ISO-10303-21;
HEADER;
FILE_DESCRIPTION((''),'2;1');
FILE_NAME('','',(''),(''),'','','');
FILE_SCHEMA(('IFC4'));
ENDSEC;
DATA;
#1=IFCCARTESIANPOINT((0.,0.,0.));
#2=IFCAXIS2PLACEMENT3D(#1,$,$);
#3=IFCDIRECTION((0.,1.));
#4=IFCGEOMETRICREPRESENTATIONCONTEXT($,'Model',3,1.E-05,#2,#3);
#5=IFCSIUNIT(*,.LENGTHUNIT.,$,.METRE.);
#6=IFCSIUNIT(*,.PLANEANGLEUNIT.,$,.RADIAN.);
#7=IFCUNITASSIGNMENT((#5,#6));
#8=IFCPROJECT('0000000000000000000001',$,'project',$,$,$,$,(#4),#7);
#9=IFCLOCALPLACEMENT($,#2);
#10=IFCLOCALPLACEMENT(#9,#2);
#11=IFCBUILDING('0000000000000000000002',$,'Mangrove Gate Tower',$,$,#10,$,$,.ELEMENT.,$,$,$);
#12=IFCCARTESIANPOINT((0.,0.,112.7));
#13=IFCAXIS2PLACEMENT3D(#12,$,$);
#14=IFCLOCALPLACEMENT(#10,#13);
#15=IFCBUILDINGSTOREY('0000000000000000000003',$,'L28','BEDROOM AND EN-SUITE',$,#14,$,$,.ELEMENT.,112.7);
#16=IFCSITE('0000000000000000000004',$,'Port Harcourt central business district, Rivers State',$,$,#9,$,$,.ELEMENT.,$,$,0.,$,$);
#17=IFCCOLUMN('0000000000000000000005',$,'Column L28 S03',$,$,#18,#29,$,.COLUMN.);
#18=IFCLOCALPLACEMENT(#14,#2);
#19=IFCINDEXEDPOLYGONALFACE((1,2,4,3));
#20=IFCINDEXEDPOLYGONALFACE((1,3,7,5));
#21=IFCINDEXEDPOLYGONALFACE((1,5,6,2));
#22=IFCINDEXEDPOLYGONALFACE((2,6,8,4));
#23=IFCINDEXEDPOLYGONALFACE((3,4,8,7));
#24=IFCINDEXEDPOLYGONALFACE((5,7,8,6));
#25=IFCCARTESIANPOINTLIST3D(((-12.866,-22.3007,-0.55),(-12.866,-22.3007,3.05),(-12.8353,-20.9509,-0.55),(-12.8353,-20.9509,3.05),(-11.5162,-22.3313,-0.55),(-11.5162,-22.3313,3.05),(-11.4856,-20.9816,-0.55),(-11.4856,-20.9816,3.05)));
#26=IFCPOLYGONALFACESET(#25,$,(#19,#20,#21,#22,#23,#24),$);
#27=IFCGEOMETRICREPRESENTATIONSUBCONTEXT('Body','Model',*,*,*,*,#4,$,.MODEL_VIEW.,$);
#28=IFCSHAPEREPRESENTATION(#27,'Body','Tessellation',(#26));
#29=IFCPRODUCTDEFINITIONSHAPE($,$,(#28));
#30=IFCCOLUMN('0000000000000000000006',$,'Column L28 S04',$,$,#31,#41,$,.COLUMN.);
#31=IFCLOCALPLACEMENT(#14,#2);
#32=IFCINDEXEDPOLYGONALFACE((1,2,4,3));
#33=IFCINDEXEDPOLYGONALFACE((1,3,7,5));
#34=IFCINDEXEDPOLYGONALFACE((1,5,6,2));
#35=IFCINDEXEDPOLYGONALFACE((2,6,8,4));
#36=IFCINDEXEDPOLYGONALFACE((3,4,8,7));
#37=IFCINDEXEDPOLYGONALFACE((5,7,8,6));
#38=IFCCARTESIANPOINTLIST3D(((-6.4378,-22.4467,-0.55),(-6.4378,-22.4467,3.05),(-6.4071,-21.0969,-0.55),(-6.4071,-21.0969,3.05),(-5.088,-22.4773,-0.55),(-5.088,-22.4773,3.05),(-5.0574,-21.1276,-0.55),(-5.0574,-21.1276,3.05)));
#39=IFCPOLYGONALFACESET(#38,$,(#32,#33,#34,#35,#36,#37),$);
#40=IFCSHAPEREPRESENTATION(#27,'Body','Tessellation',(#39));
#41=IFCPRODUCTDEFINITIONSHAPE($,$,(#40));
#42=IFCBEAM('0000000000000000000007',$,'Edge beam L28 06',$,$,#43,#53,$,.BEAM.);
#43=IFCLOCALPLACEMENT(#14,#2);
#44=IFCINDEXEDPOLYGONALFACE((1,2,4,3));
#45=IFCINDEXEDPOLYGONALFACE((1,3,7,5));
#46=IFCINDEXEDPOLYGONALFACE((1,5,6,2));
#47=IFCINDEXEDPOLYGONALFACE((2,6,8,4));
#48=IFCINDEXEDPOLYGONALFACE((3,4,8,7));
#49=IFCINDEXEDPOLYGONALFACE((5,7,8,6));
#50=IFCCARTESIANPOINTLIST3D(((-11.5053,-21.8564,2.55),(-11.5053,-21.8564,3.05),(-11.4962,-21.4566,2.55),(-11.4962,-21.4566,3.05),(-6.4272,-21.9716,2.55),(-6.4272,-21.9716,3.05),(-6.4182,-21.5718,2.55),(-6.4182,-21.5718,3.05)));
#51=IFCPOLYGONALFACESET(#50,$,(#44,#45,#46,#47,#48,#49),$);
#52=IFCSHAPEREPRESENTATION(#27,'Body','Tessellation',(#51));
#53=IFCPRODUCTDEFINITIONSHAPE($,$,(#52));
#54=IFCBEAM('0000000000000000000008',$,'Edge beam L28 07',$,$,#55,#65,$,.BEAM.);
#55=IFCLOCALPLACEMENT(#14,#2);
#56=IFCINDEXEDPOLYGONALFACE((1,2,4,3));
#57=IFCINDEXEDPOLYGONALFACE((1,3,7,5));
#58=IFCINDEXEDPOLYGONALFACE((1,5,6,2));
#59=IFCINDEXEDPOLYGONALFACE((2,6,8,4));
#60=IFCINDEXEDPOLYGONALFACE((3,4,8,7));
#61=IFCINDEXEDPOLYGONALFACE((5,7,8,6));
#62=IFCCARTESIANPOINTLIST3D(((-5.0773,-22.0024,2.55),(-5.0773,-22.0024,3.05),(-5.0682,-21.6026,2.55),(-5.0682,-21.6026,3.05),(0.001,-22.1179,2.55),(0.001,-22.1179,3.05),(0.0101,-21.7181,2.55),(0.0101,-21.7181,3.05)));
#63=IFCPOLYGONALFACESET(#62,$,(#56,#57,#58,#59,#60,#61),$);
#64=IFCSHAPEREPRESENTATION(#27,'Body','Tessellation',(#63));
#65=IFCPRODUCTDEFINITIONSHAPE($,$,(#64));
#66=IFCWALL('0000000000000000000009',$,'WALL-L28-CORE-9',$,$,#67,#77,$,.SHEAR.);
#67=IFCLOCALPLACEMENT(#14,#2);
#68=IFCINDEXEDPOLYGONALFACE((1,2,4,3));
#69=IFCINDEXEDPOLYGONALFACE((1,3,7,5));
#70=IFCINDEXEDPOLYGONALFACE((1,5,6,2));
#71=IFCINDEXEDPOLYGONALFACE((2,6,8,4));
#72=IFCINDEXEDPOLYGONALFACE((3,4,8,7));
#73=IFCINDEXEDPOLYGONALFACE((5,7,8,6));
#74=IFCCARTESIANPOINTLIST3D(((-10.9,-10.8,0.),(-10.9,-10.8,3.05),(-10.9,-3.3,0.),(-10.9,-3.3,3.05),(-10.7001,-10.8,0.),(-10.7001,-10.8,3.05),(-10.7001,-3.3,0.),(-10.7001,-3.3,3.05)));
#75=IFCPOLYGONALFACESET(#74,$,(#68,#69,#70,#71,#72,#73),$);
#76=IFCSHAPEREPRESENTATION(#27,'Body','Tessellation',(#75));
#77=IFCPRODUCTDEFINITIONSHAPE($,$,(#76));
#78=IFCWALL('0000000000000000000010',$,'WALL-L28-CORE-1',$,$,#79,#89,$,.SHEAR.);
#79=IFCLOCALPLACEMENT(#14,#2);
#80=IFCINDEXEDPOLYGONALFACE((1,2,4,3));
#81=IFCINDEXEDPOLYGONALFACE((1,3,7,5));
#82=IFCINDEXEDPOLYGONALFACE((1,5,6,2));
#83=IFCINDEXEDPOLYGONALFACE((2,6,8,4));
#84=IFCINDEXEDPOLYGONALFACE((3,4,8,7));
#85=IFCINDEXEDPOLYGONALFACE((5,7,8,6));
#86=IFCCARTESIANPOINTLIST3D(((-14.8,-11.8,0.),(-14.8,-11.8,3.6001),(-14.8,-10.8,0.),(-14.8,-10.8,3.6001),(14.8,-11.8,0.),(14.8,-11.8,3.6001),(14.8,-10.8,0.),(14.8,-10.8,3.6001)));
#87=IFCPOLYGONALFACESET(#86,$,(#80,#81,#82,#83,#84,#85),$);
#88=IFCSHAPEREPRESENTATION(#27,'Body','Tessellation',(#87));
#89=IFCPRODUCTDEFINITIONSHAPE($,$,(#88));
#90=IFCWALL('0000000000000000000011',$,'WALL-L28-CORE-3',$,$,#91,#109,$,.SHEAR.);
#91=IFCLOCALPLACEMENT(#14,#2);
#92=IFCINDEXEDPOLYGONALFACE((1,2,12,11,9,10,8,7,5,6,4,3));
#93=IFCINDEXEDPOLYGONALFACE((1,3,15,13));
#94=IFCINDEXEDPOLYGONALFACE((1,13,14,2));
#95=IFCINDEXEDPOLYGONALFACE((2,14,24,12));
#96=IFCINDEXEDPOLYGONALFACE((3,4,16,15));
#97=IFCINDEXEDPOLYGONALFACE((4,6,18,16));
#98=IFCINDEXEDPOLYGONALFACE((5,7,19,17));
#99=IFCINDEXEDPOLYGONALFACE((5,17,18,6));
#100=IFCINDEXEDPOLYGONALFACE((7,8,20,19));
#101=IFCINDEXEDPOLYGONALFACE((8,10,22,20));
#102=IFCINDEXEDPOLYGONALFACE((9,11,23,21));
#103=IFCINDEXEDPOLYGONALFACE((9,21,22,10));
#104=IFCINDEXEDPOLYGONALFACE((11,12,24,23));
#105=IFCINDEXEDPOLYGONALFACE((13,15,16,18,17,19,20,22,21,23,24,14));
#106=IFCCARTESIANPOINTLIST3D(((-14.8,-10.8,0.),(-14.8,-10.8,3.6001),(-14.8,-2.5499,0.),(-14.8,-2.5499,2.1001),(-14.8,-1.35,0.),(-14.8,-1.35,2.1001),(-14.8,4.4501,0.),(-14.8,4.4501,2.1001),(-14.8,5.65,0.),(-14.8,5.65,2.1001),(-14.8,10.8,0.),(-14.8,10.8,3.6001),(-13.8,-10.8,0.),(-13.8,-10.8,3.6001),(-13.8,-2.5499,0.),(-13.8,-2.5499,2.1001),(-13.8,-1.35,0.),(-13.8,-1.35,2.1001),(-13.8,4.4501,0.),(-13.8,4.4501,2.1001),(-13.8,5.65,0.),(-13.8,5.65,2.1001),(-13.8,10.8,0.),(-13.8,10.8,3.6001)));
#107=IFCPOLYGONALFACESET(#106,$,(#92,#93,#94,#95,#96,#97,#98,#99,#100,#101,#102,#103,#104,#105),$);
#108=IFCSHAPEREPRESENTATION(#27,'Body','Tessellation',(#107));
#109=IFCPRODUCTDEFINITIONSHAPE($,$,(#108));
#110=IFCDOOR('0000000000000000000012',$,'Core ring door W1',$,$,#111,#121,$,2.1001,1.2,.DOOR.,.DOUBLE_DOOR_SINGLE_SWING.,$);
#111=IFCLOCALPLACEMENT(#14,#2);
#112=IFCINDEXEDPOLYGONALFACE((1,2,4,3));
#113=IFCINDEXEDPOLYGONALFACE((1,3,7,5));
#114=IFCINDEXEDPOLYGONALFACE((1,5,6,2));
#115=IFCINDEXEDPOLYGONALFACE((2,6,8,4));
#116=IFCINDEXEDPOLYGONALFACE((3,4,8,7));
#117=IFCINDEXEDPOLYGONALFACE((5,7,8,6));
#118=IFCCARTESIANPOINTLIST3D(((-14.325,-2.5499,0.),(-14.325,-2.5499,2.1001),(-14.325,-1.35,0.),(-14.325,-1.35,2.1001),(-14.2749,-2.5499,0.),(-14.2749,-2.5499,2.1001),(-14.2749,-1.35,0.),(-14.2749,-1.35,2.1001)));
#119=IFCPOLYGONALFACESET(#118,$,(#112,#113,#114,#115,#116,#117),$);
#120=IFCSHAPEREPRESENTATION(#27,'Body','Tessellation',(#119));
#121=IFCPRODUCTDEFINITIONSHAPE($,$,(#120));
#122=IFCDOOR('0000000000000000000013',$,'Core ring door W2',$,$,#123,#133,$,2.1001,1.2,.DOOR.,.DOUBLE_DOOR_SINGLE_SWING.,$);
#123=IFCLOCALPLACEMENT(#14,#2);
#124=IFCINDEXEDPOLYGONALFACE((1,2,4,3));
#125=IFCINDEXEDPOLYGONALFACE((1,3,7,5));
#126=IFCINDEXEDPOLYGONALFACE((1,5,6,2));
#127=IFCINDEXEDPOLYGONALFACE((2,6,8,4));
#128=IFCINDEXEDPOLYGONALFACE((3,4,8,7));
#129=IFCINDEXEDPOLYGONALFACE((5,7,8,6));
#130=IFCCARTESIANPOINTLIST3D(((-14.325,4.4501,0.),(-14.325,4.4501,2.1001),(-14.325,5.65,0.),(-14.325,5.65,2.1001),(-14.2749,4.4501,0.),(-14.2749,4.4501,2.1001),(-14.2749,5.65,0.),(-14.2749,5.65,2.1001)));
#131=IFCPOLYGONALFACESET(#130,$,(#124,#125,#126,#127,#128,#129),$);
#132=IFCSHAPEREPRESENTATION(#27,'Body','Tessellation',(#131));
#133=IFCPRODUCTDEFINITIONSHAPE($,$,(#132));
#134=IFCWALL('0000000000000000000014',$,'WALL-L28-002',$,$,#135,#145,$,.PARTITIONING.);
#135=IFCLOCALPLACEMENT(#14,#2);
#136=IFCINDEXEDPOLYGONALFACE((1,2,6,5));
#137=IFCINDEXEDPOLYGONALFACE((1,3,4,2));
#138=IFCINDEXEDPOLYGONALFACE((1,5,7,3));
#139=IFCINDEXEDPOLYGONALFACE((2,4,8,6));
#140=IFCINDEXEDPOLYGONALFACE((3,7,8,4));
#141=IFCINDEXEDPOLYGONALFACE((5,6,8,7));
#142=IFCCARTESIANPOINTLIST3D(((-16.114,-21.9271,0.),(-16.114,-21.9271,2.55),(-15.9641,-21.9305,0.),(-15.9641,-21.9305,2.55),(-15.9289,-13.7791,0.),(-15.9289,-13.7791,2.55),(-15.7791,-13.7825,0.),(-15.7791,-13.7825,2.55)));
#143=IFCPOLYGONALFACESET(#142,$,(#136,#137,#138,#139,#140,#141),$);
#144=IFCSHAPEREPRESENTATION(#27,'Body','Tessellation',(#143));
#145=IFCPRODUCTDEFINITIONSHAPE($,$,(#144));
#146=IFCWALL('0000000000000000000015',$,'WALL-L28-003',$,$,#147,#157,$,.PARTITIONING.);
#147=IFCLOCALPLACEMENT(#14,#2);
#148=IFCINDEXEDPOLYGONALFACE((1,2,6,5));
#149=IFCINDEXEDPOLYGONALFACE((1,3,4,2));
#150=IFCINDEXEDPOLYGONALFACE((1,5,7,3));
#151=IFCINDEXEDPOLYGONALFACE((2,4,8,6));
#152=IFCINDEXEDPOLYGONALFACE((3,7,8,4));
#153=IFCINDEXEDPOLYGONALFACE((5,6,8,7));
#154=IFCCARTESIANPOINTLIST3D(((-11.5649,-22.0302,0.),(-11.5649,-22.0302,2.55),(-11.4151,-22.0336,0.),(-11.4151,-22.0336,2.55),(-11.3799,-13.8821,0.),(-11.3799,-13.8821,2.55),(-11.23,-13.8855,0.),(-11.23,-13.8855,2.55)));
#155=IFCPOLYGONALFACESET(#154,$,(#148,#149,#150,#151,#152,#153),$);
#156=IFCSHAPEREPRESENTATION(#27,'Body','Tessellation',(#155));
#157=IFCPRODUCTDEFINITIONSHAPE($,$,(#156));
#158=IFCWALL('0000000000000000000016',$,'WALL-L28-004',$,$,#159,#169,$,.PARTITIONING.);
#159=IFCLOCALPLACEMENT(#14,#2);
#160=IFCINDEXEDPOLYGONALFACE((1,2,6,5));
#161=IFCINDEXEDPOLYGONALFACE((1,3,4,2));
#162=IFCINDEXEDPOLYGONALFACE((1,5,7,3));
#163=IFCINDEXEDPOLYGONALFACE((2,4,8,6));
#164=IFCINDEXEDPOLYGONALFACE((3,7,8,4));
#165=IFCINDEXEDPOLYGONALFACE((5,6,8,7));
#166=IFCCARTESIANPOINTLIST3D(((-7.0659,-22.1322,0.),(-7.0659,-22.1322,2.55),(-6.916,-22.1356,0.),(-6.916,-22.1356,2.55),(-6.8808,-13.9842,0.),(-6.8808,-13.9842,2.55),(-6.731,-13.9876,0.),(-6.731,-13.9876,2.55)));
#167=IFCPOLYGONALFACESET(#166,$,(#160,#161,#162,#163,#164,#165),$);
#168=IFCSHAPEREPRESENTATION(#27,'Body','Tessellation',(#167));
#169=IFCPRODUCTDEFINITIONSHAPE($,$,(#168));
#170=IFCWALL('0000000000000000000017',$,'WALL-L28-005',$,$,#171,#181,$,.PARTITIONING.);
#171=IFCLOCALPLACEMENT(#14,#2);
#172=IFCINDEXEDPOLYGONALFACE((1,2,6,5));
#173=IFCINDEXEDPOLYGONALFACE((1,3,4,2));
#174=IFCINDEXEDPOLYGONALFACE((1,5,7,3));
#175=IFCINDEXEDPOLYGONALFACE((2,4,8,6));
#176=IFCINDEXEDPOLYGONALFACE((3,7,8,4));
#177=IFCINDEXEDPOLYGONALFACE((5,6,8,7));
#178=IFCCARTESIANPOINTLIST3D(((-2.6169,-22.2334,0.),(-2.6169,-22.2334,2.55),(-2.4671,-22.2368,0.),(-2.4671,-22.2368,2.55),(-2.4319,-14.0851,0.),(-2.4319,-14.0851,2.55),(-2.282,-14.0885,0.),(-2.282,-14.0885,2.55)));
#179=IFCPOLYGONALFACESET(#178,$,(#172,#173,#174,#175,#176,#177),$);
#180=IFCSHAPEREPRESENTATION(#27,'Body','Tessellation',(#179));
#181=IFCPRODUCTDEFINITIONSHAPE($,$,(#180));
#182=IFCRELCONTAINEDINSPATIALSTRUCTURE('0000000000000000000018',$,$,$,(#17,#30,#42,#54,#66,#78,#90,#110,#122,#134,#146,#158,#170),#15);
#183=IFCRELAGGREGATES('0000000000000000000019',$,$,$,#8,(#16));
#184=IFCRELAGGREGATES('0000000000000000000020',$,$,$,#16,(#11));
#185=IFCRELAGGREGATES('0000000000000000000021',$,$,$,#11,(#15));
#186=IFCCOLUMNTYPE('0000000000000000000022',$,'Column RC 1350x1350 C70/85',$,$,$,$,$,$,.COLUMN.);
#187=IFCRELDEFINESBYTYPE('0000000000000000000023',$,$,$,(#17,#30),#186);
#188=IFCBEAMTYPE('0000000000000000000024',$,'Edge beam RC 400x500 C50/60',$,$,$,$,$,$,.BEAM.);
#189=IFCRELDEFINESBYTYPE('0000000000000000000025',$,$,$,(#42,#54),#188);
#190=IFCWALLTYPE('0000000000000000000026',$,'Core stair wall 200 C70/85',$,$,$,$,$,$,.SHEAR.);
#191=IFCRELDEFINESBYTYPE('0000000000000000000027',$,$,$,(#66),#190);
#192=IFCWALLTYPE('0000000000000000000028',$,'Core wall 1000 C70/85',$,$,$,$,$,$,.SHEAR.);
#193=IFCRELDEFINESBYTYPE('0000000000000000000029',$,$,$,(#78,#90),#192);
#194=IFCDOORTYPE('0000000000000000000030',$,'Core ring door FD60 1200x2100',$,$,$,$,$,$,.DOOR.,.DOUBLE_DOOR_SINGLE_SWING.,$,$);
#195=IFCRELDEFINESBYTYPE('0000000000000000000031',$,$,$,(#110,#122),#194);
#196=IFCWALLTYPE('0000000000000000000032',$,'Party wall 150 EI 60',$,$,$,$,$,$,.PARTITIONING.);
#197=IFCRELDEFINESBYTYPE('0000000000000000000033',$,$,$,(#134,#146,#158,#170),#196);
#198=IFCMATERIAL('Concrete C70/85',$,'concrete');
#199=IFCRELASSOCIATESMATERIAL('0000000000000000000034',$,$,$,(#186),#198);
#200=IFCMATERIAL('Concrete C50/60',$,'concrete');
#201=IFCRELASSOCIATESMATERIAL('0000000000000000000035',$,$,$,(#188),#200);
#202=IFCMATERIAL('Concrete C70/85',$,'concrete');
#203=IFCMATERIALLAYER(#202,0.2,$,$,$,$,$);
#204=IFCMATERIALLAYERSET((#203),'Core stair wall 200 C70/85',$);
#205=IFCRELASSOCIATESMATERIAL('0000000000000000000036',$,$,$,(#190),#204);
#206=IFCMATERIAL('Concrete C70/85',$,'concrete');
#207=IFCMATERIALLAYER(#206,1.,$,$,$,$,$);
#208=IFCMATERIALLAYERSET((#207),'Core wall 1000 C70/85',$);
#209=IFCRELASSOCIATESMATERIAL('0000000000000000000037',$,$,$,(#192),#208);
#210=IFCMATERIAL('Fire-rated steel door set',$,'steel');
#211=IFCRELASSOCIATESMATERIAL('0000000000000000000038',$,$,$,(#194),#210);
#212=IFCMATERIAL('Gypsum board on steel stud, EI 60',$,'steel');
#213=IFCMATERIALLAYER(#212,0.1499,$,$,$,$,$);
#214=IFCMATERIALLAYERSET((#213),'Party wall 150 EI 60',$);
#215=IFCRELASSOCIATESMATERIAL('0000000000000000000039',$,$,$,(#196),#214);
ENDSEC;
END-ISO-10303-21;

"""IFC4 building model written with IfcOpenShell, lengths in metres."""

from ifc_helpers import new_model, si_unit, direction, frame, frame_2d, origin, origin_2d, place, context, subcontext, project, spatial, rectangle, extrude, material, layer, layer_set, material_profile, profile_set, type_object, element, fill, save


model = new_model("IFC4")

# Units and contexts
model_context = context("Model", 3, precision=1e-05, world=origin(), true_north=direction((0.0, 1.0)))
body_context = subcontext(model_context, "Body", "Model", "MODEL_VIEW")
ifc_project = project(units=[si_unit("LENGTHUNIT", "METRE"), si_unit("PLANEANGLEUNIT", "RADIAN")], contexts=[model_context])

# Site, building, storey
site_placement = place(None, origin())
site = spatial("IfcSite", under=ifc_project, at=site_placement, Name="Port Harcourt central business district, Rivers State", CompositionType="ELEMENT", RefElevation=0.0)
building_placement = place(site_placement, origin())
building = spatial("IfcBuilding", under=site, at=building_placement, Name="Mangrove Gate Tower", CompositionType="ELEMENT")
storey_placement = place(building_placement, frame((0.0, 0.0, 112.7)))
storey = spatial("IfcBuildingStorey", under=building, at=storey_placement, Name="L28", Description="BEDROOM AND EN-SUITE", CompositionType="ELEMENT", Elevation=112.7)

# Columns
ifc_material_1 = material(Name="Concrete C70/85", Category="concrete")
ifc_material_profile_1 = material_profile(ifc_material_1, rectangle(XDim=1.3501, YDim=1.3501, at=origin_2d()))
ifc_profile_set_1 = profile_set([ifc_material_profile_1], Name="Concrete C70/85")
column_type = type_object("IfcColumnType", Name="Column RC 1350x1350 C70/85", PredefinedType="COLUMN", material=ifc_profile_set_1)
for number, where, z_axis, x_axis, name in (
    (1, (-12.1758, -21.6411, -0.55), (0.0, 0.0, 1.0), (0.999742, -0.022707, 0.0), "Column L28 S03"),
    (2, (-5.7476, -21.7871, -0.55), (0.0, 0.0, 1.0), (0.999742, -0.022707, 0.0), "Column L28 S04"),
):
    element("IfcColumn", number, at=place(storey_placement, frame(where, z_axis=z_axis, x_axis=x_axis)), inside=storey, type_object=column_type, Name=name, PredefinedType="COLUMN", context=body_context, shape_type="SweptSolid", body=[
        extrude(rectangle(XDim=1.3501, YDim=1.3501, at=origin_2d()), origin(), (0.0, 0.0, 1.0), 3.6001),
    ])

# Beams
ifc_material_2 = material(Name="Concrete C50/60", Category="concrete")
ifc_material_profile_2 = material_profile(ifc_material_2, rectangle(XDim=0.3999, YDim=0.5, at=origin_2d()))
ifc_profile_set_2 = profile_set([ifc_material_profile_2], Name="Concrete C50/60")
beam_type = type_object("IfcBeamType", Name="Edge beam RC 400x500 C50/60", PredefinedType="BEAM", material=ifc_profile_set_2)
beam_1_placement = place(storey_placement, frame((-11.5007, -21.6565, 2.8), z_axis=(0.999743, -0.022686, 0.0), x_axis=(0.022686, 0.999743, 0.0)))
element("IfcBeam", 3, at=beam_1_placement, inside=storey, type_object=beam_type, Name="Edge beam L28 06", PredefinedType="BEAM", context=body_context, shape_type="SweptSolid", body=[
    extrude(rectangle(XDim=0.3999, YDim=0.5, at=origin_2d()), origin(), (0.0, 0.0, 1.0), 5.0793),
])
beam_2_placement = place(storey_placement, frame((-5.0728, -21.8025, 2.8), z_axis=(0.999742, -0.022733, 0.0), x_axis=(0.022733, 0.999742, 0.0)))
element("IfcBeam", 4, at=beam_2_placement, inside=storey, type_object=beam_type, Name="Edge beam L28 07", PredefinedType="BEAM", context=body_context, shape_type="SweptSolid", body=[
    extrude(rectangle(XDim=0.3999, YDim=0.5, at=origin_2d()), origin(), (0.0, 0.0, 1.0), 5.0796),
])

# Walls
ifc_material_3 = material(Name="Concrete C70/85", Category="concrete")
ifc_layer_1 = layer(ifc_material_3, 0.2)
ifc_layer_set_1 = layer_set([ifc_layer_1], Name="Core stair wall 200 C70/85")
wall_type_1 = type_object("IfcWallType", Name="Core stair wall 200 C70/85", PredefinedType="SHEAR", material=ifc_layer_set_1)
wall_1_placement = place(storey_placement, frame((-10.8, -10.8, 0.0), z_axis=(0.0, 0.0, 1.0), x_axis=(0.0, 1.0, 0.0)))
element("IfcWall", 5, at=wall_1_placement, inside=storey, type_object=wall_type_1, Name="WALL-L28-CORE-9", PredefinedType="SHEAR", context=body_context, shape_type="SweptSolid", body=[
    extrude(rectangle(XDim=7.5, YDim=0.2, at=frame_2d((3.75, 0.0))), origin(), (0.0, 0.0, 1.0), 3.05),
])
ifc_material_4 = material(Name="Concrete C70/85", Category="concrete")
ifc_layer_2 = layer(ifc_material_4, 1.0)
ifc_layer_set_2 = layer_set([ifc_layer_2], Name="Core wall 1000 C70/85")
wall_type_2 = type_object("IfcWallType", Name="Core wall 1000 C70/85", PredefinedType="SHEAR", material=ifc_layer_set_2)
wall_2_placement = place(storey_placement, frame((-14.8, -11.3, 0.0), z_axis=(0.0, 0.0, 1.0), x_axis=(1.0, 0.0, 0.0)))
element("IfcWall", 6, at=wall_2_placement, inside=storey, type_object=wall_type_2, Name="WALL-L28-CORE-1", PredefinedType="SHEAR", context=body_context, shape_type="SweptSolid", body=[
    extrude(rectangle(XDim=29.6001, YDim=1.0, at=frame_2d((14.8, 0.0))), origin(), (0.0, 0.0, 1.0), 3.6001),
])

# Wall, openings, doors
wall_3_placement = place(storey_placement, frame((-14.3, -10.8, 0.0), z_axis=(0.0, 0.0, 1.0), x_axis=(0.0, 1.0, 0.0)))
wall_3 = element("IfcWall", 7, at=wall_3_placement, inside=storey, type_object=wall_type_2, Name="WALL-L28-CORE-3", PredefinedType="SHEAR", context=body_context, shape_type="SweptSolid", body=[
    extrude(rectangle(XDim=21.6001, YDim=1.0, at=frame_2d((10.8, 0.0))), origin(), (0.0, 0.0, 1.0), 3.6001),
])
opening_1_placement = place(wall_3_placement, frame((8.25, 0.0, 0.0)))
opening_1 = element("IfcOpeningElement", 8, at=opening_1_placement, cuts=wall_3, PredefinedType="OPENING", context=body_context, shape_type="SweptSolid", body=[
    extrude(rectangle(XDim=1.2, YDim=2.1001, at=frame_2d((0.6001, 1.05))), frame((0.0, 0.51, 0.0), z_axis=(0.0, -1.0, 0.0), x_axis=(1.0, 0.0, 0.0)), (0.0, 0.0, 1.0), 1.02),
])
opening_2_placement = place(wall_3_placement, frame((15.25, 0.0, 0.0)))
opening_2 = element("IfcOpeningElement", 9, at=opening_2_placement, cuts=wall_3, PredefinedType="OPENING", context=body_context, shape_type="SweptSolid", body=[
    extrude(rectangle(XDim=1.2, YDim=2.1001, at=frame_2d((0.6001, 1.05))), frame((0.0, 0.51, 0.0), z_axis=(0.0, -1.0, 0.0), x_axis=(1.0, 0.0, 0.0)), (0.0, 0.0, 1.0), 1.02),
])
ifc_material_5 = material(Name="Fire-rated steel door set", Category="steel")
door_type_1 = type_object("IfcDoorType", Name="Core ring door FD60 1200x2100", OperationType="DOUBLE_DOOR_SINGLE_SWING", PredefinedType="DOOR", material=ifc_material_5)
door_1_placement = place(opening_1_placement, origin())
door_1 = element("IfcDoor", 10, at=door_1_placement, inside=storey, type_object=door_type_1, Name="Core ring door W1", OperationType="DOUBLE_DOOR_SINGLE_SWING", OverallHeight=2.1001, OverallWidth=1.2, PredefinedType="DOOR", context=body_context, shape_type="SweptSolid", body=[
    extrude(rectangle(XDim=1.2, YDim=2.1001, at=frame_2d((0.6001, 1.05))), frame((0.0, 0.0249, 0.0), z_axis=(0.0, -1.0, 0.0), x_axis=(1.0, 0.0, 0.0)), (0.0, 0.0, 1.0), 0.05),
])
fill(opening_1, door_1)
door_2_placement = place(opening_2_placement, origin())
door_2 = element("IfcDoor", 11, at=door_2_placement, inside=storey, type_object=door_type_1, Name="Core ring door W2", OperationType="DOUBLE_DOOR_SINGLE_SWING", OverallHeight=2.1001, OverallWidth=1.2, PredefinedType="DOOR", context=body_context, shape_type="SweptSolid", body=[
    extrude(rectangle(XDim=1.2, YDim=2.1001, at=frame_2d((0.6001, 1.05))), frame((0.0, 0.0249, 0.0), z_axis=(0.0, -1.0, 0.0), x_axis=(1.0, 0.0, 0.0)), (0.0, 0.0, 1.0), 0.05),
])
fill(opening_2, door_2)

# Walls
ifc_material_6 = material(Name="Gypsum board on steel stud, EI 60", Category="steel")
ifc_layer_3 = layer(ifc_material_6, 0.1499)
ifc_layer_set_3 = layer_set([ifc_layer_3], Name="Party wall 150 EI 60")
wall_type_3 = type_object("IfcWallType", Name="Party wall 150 EI 60", PredefinedType="PARTITIONING", material=ifc_layer_set_3)
for number, where, z_axis, x_axis, name in (
    (12, (-16.0391, -21.929, 0.0), (0.0, 0.0, 1.0), (0.022706, 0.999742, 0.0), "WALL-L28-002"),
    (13, (-11.49, -22.032, 0.0), (0.0, 0.0, 1.0), (0.022706, 0.999742, 0.0), "WALL-L28-003"),
    (14, (-6.991, -22.134, 0.0), (0.0, 0.0, 1.0), (0.022706, 0.999742, 0.0), "WALL-L28-004"),
):
    element("IfcWall", number, at=place(storey_placement, frame(where, z_axis=z_axis, x_axis=x_axis)), inside=storey, type_object=wall_type_3, Name=name, PredefinedType="PARTITIONING", context=body_context, shape_type="SweptSolid", body=[
        extrude(rectangle(XDim=8.1501, YDim=0.1499, at=frame_2d((4.0752, 0.0))), origin(), (0.0, 0.0, 1.0), 2.55),
    ])
wall_4_placement = place(storey_placement, frame((-2.542, -22.2351, 0.0), z_axis=(0.0, 0.0, 1.0), x_axis=(0.022706, 0.999742, 0.0)))
element("IfcWall", 15, at=wall_4_placement, inside=storey, type_object=wall_type_3, Name="WALL-L28-005", PredefinedType="PARTITIONING", context=body_context, shape_type="SweptSolid", body=[
    extrude(rectangle(XDim=8.1504, YDim=0.1499, at=frame_2d((4.0752, 0.0))), origin(), (0.0, 0.0, 1.0), 2.55),
])

save(model, "model.ifc")
